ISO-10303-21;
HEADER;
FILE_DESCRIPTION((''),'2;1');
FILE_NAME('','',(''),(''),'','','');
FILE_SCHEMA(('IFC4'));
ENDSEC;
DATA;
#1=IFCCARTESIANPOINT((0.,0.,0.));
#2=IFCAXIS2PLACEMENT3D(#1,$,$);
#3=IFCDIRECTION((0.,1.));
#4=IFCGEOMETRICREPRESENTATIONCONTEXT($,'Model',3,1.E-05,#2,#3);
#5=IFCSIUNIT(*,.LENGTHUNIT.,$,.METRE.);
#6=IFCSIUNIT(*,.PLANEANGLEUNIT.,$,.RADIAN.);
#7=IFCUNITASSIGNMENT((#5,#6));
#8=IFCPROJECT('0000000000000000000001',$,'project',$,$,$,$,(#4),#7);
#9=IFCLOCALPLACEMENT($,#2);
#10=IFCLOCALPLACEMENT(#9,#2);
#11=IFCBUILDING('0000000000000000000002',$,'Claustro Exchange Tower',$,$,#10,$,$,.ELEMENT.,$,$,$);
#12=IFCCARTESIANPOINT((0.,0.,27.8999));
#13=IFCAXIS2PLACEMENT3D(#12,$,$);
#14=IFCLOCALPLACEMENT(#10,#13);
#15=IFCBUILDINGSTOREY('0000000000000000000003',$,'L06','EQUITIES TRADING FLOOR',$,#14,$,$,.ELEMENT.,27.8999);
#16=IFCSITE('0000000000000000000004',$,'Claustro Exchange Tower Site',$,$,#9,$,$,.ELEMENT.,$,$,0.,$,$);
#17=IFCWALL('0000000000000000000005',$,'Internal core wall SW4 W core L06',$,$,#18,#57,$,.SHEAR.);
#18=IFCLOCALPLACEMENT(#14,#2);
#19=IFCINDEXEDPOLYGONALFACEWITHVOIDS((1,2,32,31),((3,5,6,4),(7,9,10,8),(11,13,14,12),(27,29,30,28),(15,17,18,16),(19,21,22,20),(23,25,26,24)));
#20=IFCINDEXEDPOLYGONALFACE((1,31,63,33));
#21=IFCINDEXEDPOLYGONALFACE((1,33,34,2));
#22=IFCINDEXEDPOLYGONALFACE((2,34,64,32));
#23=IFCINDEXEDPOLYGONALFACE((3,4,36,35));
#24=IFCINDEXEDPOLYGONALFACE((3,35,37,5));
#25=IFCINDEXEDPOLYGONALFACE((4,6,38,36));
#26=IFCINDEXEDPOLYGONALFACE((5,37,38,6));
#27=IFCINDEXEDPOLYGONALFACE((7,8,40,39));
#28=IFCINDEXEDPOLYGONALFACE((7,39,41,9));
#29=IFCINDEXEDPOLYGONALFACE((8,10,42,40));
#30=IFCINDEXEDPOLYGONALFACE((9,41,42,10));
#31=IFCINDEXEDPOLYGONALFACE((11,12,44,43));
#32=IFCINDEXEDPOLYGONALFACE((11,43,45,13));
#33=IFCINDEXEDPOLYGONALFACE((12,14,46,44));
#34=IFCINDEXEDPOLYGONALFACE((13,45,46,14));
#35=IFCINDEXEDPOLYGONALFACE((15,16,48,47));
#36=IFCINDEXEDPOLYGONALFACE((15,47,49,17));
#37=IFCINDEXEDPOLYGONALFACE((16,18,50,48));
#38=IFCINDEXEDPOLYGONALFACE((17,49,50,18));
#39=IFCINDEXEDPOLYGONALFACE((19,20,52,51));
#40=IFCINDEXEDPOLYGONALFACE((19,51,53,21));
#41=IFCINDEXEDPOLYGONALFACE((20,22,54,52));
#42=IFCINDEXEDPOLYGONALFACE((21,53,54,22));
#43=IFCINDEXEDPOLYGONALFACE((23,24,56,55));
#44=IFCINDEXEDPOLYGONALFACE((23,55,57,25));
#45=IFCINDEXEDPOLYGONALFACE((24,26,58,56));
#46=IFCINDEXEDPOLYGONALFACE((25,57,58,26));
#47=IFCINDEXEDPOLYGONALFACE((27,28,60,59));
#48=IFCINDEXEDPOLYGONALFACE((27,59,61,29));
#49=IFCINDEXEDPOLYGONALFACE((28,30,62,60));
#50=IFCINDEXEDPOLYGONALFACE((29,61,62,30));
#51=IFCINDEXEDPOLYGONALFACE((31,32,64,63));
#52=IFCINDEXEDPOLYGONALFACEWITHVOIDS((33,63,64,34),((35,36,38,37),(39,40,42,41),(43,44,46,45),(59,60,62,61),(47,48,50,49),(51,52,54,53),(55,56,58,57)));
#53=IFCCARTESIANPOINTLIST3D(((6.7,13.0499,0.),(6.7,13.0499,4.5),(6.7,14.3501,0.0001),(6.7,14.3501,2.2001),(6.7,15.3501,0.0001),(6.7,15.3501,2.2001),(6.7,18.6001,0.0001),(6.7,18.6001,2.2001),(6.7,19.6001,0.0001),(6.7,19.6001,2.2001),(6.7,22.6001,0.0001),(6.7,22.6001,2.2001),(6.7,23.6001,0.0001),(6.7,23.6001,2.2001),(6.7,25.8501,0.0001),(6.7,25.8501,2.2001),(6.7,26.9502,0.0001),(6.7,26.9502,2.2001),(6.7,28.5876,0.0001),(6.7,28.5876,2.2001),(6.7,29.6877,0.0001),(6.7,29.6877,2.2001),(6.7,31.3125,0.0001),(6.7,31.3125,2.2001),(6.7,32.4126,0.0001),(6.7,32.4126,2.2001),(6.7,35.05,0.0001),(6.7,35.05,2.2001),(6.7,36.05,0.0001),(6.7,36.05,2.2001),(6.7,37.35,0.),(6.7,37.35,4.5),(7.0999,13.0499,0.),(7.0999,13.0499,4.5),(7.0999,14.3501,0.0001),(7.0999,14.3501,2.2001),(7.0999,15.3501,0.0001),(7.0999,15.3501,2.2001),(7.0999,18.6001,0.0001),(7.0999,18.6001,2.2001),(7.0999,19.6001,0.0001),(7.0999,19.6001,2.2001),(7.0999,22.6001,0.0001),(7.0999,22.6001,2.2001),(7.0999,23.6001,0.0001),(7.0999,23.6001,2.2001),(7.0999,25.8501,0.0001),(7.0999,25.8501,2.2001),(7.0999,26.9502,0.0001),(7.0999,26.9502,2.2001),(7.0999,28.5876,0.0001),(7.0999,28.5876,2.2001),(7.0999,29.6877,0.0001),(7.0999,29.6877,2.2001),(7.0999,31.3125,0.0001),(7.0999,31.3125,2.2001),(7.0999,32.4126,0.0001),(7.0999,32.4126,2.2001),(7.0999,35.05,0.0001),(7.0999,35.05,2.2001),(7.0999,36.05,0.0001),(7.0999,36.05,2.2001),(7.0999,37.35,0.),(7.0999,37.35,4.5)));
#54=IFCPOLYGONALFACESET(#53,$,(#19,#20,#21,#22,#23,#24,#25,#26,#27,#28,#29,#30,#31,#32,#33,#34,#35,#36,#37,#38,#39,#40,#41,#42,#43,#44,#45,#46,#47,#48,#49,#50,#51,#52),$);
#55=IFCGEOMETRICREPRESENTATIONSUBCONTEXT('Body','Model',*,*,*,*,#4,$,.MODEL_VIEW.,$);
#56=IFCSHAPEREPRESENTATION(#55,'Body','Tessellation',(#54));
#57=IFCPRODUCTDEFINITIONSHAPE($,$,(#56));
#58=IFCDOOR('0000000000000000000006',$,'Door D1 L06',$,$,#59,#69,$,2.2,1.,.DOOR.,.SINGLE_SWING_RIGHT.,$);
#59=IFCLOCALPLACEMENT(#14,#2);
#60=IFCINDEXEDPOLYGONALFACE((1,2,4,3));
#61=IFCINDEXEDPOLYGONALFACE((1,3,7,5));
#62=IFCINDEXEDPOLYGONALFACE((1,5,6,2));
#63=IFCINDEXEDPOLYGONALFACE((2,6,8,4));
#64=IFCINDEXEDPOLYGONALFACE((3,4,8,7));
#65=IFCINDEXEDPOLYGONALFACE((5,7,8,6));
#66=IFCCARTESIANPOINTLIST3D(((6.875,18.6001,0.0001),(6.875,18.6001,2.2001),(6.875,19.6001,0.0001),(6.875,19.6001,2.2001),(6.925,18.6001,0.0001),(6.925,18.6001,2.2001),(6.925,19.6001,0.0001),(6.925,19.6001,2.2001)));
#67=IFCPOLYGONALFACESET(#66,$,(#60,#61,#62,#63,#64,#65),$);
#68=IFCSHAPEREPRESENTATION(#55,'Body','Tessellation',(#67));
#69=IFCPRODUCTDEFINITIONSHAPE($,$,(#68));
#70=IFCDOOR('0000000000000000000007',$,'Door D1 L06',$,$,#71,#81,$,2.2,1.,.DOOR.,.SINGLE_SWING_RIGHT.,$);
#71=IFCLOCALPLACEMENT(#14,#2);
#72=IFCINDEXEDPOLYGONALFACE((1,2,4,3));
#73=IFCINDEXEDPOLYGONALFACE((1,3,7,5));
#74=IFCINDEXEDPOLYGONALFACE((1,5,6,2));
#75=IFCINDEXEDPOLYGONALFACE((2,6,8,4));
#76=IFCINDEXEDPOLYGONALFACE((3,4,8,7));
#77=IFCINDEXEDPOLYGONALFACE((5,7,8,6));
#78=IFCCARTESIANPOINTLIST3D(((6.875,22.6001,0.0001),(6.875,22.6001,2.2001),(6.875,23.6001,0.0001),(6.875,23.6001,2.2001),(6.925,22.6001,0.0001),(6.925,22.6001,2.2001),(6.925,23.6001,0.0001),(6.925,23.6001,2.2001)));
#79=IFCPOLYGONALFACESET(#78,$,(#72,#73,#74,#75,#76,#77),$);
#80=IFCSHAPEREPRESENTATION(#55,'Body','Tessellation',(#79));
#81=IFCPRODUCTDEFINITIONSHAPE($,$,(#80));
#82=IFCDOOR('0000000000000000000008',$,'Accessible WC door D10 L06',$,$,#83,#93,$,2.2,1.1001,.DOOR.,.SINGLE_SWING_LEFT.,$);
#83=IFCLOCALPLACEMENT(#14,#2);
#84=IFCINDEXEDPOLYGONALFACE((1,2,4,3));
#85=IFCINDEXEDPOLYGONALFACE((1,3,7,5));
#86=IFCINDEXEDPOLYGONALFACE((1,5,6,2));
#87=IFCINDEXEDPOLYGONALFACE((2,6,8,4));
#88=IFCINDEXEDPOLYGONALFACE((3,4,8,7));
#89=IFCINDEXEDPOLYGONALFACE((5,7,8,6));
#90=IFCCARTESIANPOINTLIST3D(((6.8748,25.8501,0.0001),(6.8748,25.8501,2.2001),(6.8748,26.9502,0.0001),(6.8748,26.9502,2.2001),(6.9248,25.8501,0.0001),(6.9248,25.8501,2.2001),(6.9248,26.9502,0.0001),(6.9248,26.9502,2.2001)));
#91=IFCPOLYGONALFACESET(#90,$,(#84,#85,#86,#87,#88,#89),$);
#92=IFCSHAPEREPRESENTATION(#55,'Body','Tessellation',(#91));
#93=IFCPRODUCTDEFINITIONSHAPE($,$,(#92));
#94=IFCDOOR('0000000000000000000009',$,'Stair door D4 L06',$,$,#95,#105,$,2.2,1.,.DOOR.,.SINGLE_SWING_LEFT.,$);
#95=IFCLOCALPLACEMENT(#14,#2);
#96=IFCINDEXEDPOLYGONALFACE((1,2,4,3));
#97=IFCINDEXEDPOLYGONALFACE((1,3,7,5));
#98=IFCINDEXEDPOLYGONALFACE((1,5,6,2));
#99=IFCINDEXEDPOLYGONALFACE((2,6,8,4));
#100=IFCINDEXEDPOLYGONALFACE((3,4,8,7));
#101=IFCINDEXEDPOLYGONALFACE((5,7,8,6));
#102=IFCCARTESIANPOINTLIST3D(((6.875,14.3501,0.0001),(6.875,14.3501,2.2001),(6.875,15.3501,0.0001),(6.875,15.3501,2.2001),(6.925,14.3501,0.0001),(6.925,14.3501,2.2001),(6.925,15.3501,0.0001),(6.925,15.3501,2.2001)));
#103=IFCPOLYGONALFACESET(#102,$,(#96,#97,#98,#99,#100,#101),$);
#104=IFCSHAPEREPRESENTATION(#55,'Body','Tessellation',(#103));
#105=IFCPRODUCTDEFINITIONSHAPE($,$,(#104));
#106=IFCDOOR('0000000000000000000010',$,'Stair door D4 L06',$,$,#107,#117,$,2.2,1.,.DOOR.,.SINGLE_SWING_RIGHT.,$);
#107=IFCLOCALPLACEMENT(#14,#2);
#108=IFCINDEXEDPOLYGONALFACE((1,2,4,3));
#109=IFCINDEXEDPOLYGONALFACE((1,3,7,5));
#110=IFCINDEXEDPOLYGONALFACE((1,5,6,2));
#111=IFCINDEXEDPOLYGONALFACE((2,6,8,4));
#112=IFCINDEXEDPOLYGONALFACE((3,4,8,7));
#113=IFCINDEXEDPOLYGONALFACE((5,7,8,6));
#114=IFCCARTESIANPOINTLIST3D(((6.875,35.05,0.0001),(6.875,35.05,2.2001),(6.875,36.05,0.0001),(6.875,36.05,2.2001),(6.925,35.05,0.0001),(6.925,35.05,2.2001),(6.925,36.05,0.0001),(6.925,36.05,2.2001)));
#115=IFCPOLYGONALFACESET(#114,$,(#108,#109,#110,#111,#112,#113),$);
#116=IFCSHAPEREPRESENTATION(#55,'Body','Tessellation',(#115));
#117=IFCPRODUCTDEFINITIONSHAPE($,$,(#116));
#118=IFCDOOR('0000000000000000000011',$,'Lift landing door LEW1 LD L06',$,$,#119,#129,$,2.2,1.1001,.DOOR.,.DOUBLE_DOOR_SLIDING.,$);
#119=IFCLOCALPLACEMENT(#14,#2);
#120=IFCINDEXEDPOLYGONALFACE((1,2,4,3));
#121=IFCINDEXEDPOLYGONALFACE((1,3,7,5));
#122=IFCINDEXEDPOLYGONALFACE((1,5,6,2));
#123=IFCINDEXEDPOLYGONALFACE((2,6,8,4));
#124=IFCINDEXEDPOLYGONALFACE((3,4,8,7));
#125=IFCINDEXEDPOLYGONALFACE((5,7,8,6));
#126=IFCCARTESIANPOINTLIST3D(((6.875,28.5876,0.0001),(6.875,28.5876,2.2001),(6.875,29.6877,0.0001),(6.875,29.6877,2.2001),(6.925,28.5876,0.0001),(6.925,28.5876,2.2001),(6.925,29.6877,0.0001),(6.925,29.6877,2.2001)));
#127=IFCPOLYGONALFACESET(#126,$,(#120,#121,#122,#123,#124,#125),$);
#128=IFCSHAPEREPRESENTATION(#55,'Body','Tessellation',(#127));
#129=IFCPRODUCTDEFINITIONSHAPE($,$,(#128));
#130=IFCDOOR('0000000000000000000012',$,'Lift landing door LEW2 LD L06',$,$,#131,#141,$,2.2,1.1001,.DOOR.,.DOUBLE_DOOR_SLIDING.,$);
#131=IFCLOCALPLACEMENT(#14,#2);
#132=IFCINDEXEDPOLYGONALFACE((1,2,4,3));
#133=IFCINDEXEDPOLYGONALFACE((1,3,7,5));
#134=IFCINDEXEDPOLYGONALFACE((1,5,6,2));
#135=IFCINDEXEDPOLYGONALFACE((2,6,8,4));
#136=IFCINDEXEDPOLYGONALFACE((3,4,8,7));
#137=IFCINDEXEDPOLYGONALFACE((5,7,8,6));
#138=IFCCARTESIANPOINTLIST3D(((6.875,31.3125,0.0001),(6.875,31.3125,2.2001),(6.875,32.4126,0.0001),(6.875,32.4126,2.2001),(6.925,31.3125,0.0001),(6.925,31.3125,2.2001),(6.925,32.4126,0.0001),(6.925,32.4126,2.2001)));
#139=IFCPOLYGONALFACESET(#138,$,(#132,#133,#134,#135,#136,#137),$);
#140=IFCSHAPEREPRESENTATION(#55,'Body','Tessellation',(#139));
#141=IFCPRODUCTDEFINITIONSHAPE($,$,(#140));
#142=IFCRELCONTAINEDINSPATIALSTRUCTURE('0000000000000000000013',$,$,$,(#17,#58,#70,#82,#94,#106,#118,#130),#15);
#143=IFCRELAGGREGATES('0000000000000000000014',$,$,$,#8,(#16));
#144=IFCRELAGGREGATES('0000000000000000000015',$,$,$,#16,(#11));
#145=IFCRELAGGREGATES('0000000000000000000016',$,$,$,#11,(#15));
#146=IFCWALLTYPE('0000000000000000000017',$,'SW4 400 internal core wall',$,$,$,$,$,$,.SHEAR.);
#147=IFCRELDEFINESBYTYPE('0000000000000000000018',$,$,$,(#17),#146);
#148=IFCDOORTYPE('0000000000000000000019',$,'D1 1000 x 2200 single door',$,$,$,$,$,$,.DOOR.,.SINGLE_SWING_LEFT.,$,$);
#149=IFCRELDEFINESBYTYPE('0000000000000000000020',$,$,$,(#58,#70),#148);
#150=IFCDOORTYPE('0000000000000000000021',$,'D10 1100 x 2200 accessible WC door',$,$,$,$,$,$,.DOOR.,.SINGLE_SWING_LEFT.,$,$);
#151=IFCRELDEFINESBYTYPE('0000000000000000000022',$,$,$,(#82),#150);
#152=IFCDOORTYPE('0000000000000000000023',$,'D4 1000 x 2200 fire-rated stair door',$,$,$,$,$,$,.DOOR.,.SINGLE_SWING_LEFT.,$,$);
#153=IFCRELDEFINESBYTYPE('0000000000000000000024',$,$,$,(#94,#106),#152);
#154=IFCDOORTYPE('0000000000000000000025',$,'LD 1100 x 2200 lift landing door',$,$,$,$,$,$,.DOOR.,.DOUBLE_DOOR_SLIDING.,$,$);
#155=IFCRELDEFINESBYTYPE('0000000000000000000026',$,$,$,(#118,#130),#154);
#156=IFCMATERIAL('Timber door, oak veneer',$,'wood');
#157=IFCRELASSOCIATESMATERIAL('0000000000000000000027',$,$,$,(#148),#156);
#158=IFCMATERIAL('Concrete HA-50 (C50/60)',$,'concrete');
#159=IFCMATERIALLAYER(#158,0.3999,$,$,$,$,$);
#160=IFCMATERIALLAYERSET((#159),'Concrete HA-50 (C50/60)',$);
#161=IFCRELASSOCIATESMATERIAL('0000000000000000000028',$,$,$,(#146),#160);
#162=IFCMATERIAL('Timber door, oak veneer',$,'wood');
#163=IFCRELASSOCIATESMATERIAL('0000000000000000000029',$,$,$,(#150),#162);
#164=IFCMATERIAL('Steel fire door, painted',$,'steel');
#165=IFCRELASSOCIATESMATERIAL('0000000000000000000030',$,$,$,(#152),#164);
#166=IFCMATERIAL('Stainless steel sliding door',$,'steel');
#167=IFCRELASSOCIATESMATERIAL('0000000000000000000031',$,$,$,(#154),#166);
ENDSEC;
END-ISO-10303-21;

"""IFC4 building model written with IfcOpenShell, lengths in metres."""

from ifc_helpers import new_model, si_unit, direction, frame, frame_2d, origin, place, context, subcontext, project, spatial, rectangle, extrude, material, layer, layer_set, type_object, element, fill, save


model = new_model("IFC4")

# Units and contexts
model_context = context("Model", 3, precision=1e-05, world=origin(), true_north=direction((0.0, 1.0)))
body_context = subcontext(model_context, "Body", "Model", "MODEL_VIEW")
ifc_project = project(units=[si_unit("LENGTHUNIT", "METRE"), si_unit("PLANEANGLEUNIT", "RADIAN")], contexts=[model_context])

# Site, building, storey
site_placement = place(None, origin())
site = spatial("IfcSite", under=ifc_project, at=site_placement, Name="Claustro Exchange Tower Site", CompositionType="ELEMENT", RefElevation=0.0)
building_placement = place(site_placement, origin())
building = spatial("IfcBuilding", under=site, at=building_placement, Name="Claustro Exchange Tower", CompositionType="ELEMENT")
storey_placement = place(building_placement, frame((0.0, 0.0, 27.8999)))
storey = spatial("IfcBuildingStorey", under=building, at=storey_placement, Name="L06", Description="EQUITIES TRADING FLOOR", CompositionType="ELEMENT", Elevation=27.8999)

# Shared definitions
ifc_material_1 = material(Name="Timber door, oak veneer", Category="wood")
door_type_1 = type_object("IfcDoorType", Name="D1 1000 x 2200 single door", OperationType="SINGLE_SWING_LEFT", PredefinedType="DOOR", material=ifc_material_1)

# Wall, openings, doors
ifc_material_2 = material(Name="Concrete HA-50 (C50/60)", Category="concrete")
ifc_layer_1 = layer(ifc_material_2, 0.3999)
ifc_layer_set_1 = layer_set([ifc_layer_1], Name="Concrete HA-50 (C50/60)")
wall_type_1 = type_object("IfcWallType", Name="SW4 400 internal core wall", PredefinedType="SHEAR", material=ifc_layer_set_1)
wall_1_placement = place(storey_placement, frame((6.8999, 13.05, 0.0), z_axis=(0.0, 0.0, 1.0), x_axis=(0.0, 1.0, 0.0)))
wall_1 = element("IfcWall", 1, at=wall_1_placement, inside=storey, type_object=wall_type_1, Name="Internal core wall SW4 W core L06", PredefinedType="SHEAR", context=body_context, shape_type="SweptSolid", body=[
    extrude(rectangle(XDim=24.3, YDim=0.3999, at=frame_2d((12.1499, 0.0))), origin(), (0.0, 0.0, 1.0), 4.5),
])
opening_1_placement = place(wall_1_placement, frame((1.3, 0.0, 0.0)))
opening_1 = element("IfcOpeningElement", 2, at=opening_1_placement, cuts=wall_1, PredefinedType="OPENING", context=body_context, shape_type="SweptSolid", body=[
    extrude(rectangle(XDim=1.0, YDim=2.2, at=frame_2d((0.5, 1.1001))), frame((0.0, 0.21, 0.0), z_axis=(0.0, -1.0, 0.0), x_axis=(1.0, 0.0, 0.0)), (0.0, 0.0, 1.0), 0.4199),
])
opening_2_placement = place(wall_1_placement, frame((22.0, 0.0, 0.0)))
opening_2 = element("IfcOpeningElement", 3, at=opening_2_placement, cuts=wall_1, PredefinedType="OPENING", context=body_context, shape_type="SweptSolid", body=[
    extrude(rectangle(XDim=1.0, YDim=2.2, at=frame_2d((0.5, 1.1001))), frame((0.0, 0.21, 0.0), z_axis=(0.0, -1.0, 0.0), x_axis=(1.0, 0.0, 0.0)), (0.0, 0.0, 1.0), 0.4199),
])
opening_3_placement = place(wall_1_placement, frame((5.55, 0.0, 0.0)))
opening_3 = element("IfcOpeningElement", 4, at=opening_3_placement, cuts=wall_1, PredefinedType="OPENING", context=body_context, shape_type="SweptSolid", body=[
    extrude(rectangle(XDim=1.0, YDim=2.2, at=frame_2d((0.5, 1.1001))), frame((0.0, 0.21, 0.0), z_axis=(0.0, -1.0, 0.0), x_axis=(1.0, 0.0, 0.0)), (0.0, 0.0, 1.0), 0.4199),
])
opening_4_placement = place(wall_1_placement, frame((9.55, 0.0, 0.0)))
opening_4 = element("IfcOpeningElement", 5, at=opening_4_placement, cuts=wall_1, PredefinedType="OPENING", context=body_context, shape_type="SweptSolid", body=[
    extrude(rectangle(XDim=1.0, YDim=2.2, at=frame_2d((0.5, 1.1001))), frame((0.0, 0.21, 0.0), z_axis=(0.0, -1.0, 0.0), x_axis=(1.0, 0.0, 0.0)), (0.0, 0.0, 1.0), 0.4199),
])
opening_5_placement = place(wall_1_placement, frame((12.8, 0.0, 0.0)))
opening_5 = element("IfcOpeningElement", 6, at=opening_5_placement, cuts=wall_1, PredefinedType="OPENING", context=body_context, shape_type="SweptSolid", body=[
    extrude(rectangle(XDim=1.1001, YDim=2.2, at=frame_2d((0.55, 1.1001))), frame((0.0, 0.21, 0.0), z_axis=(0.0, -1.0, 0.0), x_axis=(1.0, 0.0, 0.0)), (0.0, 0.0, 1.0), 0.4199),
])
opening_6_placement = place(wall_1_placement, frame((15.5376, 0.0, 0.0)))
opening_6 = element("IfcOpeningElement", 7, at=opening_6_placement, cuts=wall_1, PredefinedType="OPENING", context=body_context, shape_type="SweptSolid", body=[
    extrude(rectangle(XDim=1.1001, YDim=2.2, at=frame_2d((0.55, 1.1001))), frame((0.0, 0.21, 0.0), z_axis=(0.0, -1.0, 0.0), x_axis=(1.0, 0.0, 0.0)), (0.0, 0.0, 1.0), 0.4199),
])
opening_7_placement = place(wall_1_placement, frame((18.2625, 0.0, 0.0)))
opening_7 = element("IfcOpeningElement", 8, at=opening_7_placement, cuts=wall_1, PredefinedType="OPENING", context=body_context, shape_type="SweptSolid", body=[
    extrude(rectangle(XDim=1.1001, YDim=2.2, at=frame_2d((0.55, 1.1001))), frame((0.0, 0.21, 0.0), z_axis=(0.0, -1.0, 0.0), x_axis=(1.0, 0.0, 0.0)), (0.0, 0.0, 1.0), 0.4199),
])
door_1_placement = place(opening_3_placement, origin())
door_1 = element("IfcDoor", 9, at=door_1_placement, inside=storey, type_object=door_type_1, Name="Door D1 L06", OperationType="SINGLE_SWING_RIGHT", OverallHeight=2.2, OverallWidth=1.0, PredefinedType="DOOR", context=body_context, shape_type="SweptSolid", body=[
    extrude(rectangle(XDim=1.0, YDim=2.2, at=frame_2d((0.5, 1.1001))), frame((0.0, 0.0249, 0.0), z_axis=(0.0, -1.0, 0.0), x_axis=(1.0, 0.0, 0.0)), (0.0, 0.0, 1.0), 0.05),
])
fill(opening_3, door_1)
door_2_placement = place(opening_4_placement, origin())
door_2 = element("IfcDoor", 10, at=door_2_placement, inside=storey, type_object=door_type_1, Name="Door D1 L06", OperationType="SINGLE_SWING_RIGHT", OverallHeight=2.2, OverallWidth=1.0, PredefinedType="DOOR", context=body_context, shape_type="SweptSolid", body=[
    extrude(rectangle(XDim=1.0, YDim=2.2, at=frame_2d((0.5, 1.1001))), frame((0.0, 0.0249, 0.0), z_axis=(0.0, -1.0, 0.0), x_axis=(1.0, 0.0, 0.0)), (0.0, 0.0, 1.0), 0.05),
])
fill(opening_4, door_2)
ifc_material_3 = material(Name="Timber door, oak veneer", Category="wood")
door_type_2 = type_object("IfcDoorType", Name="D10 1100 x 2200 accessible WC door", OperationType="SINGLE_SWING_LEFT", PredefinedType="DOOR", material=ifc_material_3)
door_3_placement = place(opening_5_placement, frame((1.1001, 0.0, 0.0), z_axis=(0.0, 0.0, 1.0), x_axis=(-1.0, 0.0, 0.0)))
door_3 = element("IfcDoor", 11, at=door_3_placement, inside=storey, type_object=door_type_2, Name="Accessible WC door D10 L06", OperationType="SINGLE_SWING_LEFT", OverallHeight=2.2, OverallWidth=1.1001, PredefinedType="DOOR", context=body_context, shape_type="SweptSolid", body=[
    extrude(rectangle(XDim=1.1001, YDim=2.2, at=frame_2d((0.55, 1.1001))), frame((0.0, 0.0249, 0.0), z_axis=(0.0, -1.0, 0.0), x_axis=(1.0, 0.0, 0.0)), (0.0, 0.0, 1.0), 0.05),
])
fill(opening_5, door_3)
ifc_material_4 = material(Name="Steel fire door, painted", Category="steel")
door_type_3 = type_object("IfcDoorType", Name="D4 1000 x 2200 fire-rated stair door", OperationType="SINGLE_SWING_LEFT", PredefinedType="DOOR", material=ifc_material_4)
door_4_placement = place(opening_1_placement, origin())
door_4 = element("IfcDoor", 12, at=door_4_placement, inside=storey, type_object=door_type_3, Name="Stair door D4 L06", OperationType="SINGLE_SWING_LEFT", OverallHeight=2.2, OverallWidth=1.0, PredefinedType="DOOR", context=body_context, shape_type="SweptSolid", body=[
    extrude(rectangle(XDim=1.0, YDim=2.2, at=frame_2d((0.5, 1.1001))), frame((0.0, 0.0249, 0.0), z_axis=(0.0, -1.0, 0.0), x_axis=(1.0, 0.0, 0.0)), (0.0, 0.0, 1.0), 0.05),
])
fill(opening_1, door_4)
door_5_placement = place(opening_2_placement, origin())
door_5 = element("IfcDoor", 13, at=door_5_placement, inside=storey, type_object=door_type_3, Name="Stair door D4 L06", OperationType="SINGLE_SWING_RIGHT", OverallHeight=2.2, OverallWidth=1.0, PredefinedType="DOOR", context=body_context, shape_type="SweptSolid", body=[
    extrude(rectangle(XDim=1.0, YDim=2.2, at=frame_2d((0.5, 1.1001))), frame((0.0, 0.0249, 0.0), z_axis=(0.0, -1.0, 0.0), x_axis=(1.0, 0.0, 0.0)), (0.0, 0.0, 1.0), 0.05),
])
fill(opening_2, door_5)
ifc_material_5 = material(Name="Stainless steel sliding door", Category="steel")
door_type_4 = type_object("IfcDoorType", Name="LD 1100 x 2200 lift landing door", OperationType="DOUBLE_DOOR_SLIDING", PredefinedType="DOOR", material=ifc_material_5)
door_6_placement = place(opening_6_placement, origin())
door_6 = element("IfcDoor", 14, at=door_6_placement, inside=storey, type_object=door_type_4, Name="Lift landing door LEW1 LD L06", OperationType="DOUBLE_DOOR_SLIDING", OverallHeight=2.2, OverallWidth=1.1001, PredefinedType="DOOR", context=body_context, shape_type="SweptSolid", body=[
    extrude(rectangle(XDim=1.1001, YDim=2.2, at=frame_2d((0.55, 1.1001))), frame((0.0, 0.0249, 0.0), z_axis=(0.0, -1.0, 0.0), x_axis=(1.0, 0.0, 0.0)), (0.0, 0.0, 1.0), 0.05),
])
fill(opening_6, door_6)
door_7_placement = place(opening_7_placement, origin())
door_7 = element("IfcDoor", 15, at=door_7_placement, inside=storey, type_object=door_type_4, Name="Lift landing door LEW2 LD L06", OperationType="DOUBLE_DOOR_SLIDING", OverallHeight=2.2, OverallWidth=1.1001, PredefinedType="DOOR", context=body_context, shape_type="SweptSolid", body=[
    extrude(rectangle(XDim=1.1001, YDim=2.2, at=frame_2d((0.55, 1.1001))), frame((0.0, 0.0249, 0.0), z_axis=(0.0, -1.0, 0.0), x_axis=(1.0, 0.0, 0.0)), (0.0, 0.0, 1.0), 0.05),
])
fill(opening_7, door_7)

save(model, "model.ifc")
